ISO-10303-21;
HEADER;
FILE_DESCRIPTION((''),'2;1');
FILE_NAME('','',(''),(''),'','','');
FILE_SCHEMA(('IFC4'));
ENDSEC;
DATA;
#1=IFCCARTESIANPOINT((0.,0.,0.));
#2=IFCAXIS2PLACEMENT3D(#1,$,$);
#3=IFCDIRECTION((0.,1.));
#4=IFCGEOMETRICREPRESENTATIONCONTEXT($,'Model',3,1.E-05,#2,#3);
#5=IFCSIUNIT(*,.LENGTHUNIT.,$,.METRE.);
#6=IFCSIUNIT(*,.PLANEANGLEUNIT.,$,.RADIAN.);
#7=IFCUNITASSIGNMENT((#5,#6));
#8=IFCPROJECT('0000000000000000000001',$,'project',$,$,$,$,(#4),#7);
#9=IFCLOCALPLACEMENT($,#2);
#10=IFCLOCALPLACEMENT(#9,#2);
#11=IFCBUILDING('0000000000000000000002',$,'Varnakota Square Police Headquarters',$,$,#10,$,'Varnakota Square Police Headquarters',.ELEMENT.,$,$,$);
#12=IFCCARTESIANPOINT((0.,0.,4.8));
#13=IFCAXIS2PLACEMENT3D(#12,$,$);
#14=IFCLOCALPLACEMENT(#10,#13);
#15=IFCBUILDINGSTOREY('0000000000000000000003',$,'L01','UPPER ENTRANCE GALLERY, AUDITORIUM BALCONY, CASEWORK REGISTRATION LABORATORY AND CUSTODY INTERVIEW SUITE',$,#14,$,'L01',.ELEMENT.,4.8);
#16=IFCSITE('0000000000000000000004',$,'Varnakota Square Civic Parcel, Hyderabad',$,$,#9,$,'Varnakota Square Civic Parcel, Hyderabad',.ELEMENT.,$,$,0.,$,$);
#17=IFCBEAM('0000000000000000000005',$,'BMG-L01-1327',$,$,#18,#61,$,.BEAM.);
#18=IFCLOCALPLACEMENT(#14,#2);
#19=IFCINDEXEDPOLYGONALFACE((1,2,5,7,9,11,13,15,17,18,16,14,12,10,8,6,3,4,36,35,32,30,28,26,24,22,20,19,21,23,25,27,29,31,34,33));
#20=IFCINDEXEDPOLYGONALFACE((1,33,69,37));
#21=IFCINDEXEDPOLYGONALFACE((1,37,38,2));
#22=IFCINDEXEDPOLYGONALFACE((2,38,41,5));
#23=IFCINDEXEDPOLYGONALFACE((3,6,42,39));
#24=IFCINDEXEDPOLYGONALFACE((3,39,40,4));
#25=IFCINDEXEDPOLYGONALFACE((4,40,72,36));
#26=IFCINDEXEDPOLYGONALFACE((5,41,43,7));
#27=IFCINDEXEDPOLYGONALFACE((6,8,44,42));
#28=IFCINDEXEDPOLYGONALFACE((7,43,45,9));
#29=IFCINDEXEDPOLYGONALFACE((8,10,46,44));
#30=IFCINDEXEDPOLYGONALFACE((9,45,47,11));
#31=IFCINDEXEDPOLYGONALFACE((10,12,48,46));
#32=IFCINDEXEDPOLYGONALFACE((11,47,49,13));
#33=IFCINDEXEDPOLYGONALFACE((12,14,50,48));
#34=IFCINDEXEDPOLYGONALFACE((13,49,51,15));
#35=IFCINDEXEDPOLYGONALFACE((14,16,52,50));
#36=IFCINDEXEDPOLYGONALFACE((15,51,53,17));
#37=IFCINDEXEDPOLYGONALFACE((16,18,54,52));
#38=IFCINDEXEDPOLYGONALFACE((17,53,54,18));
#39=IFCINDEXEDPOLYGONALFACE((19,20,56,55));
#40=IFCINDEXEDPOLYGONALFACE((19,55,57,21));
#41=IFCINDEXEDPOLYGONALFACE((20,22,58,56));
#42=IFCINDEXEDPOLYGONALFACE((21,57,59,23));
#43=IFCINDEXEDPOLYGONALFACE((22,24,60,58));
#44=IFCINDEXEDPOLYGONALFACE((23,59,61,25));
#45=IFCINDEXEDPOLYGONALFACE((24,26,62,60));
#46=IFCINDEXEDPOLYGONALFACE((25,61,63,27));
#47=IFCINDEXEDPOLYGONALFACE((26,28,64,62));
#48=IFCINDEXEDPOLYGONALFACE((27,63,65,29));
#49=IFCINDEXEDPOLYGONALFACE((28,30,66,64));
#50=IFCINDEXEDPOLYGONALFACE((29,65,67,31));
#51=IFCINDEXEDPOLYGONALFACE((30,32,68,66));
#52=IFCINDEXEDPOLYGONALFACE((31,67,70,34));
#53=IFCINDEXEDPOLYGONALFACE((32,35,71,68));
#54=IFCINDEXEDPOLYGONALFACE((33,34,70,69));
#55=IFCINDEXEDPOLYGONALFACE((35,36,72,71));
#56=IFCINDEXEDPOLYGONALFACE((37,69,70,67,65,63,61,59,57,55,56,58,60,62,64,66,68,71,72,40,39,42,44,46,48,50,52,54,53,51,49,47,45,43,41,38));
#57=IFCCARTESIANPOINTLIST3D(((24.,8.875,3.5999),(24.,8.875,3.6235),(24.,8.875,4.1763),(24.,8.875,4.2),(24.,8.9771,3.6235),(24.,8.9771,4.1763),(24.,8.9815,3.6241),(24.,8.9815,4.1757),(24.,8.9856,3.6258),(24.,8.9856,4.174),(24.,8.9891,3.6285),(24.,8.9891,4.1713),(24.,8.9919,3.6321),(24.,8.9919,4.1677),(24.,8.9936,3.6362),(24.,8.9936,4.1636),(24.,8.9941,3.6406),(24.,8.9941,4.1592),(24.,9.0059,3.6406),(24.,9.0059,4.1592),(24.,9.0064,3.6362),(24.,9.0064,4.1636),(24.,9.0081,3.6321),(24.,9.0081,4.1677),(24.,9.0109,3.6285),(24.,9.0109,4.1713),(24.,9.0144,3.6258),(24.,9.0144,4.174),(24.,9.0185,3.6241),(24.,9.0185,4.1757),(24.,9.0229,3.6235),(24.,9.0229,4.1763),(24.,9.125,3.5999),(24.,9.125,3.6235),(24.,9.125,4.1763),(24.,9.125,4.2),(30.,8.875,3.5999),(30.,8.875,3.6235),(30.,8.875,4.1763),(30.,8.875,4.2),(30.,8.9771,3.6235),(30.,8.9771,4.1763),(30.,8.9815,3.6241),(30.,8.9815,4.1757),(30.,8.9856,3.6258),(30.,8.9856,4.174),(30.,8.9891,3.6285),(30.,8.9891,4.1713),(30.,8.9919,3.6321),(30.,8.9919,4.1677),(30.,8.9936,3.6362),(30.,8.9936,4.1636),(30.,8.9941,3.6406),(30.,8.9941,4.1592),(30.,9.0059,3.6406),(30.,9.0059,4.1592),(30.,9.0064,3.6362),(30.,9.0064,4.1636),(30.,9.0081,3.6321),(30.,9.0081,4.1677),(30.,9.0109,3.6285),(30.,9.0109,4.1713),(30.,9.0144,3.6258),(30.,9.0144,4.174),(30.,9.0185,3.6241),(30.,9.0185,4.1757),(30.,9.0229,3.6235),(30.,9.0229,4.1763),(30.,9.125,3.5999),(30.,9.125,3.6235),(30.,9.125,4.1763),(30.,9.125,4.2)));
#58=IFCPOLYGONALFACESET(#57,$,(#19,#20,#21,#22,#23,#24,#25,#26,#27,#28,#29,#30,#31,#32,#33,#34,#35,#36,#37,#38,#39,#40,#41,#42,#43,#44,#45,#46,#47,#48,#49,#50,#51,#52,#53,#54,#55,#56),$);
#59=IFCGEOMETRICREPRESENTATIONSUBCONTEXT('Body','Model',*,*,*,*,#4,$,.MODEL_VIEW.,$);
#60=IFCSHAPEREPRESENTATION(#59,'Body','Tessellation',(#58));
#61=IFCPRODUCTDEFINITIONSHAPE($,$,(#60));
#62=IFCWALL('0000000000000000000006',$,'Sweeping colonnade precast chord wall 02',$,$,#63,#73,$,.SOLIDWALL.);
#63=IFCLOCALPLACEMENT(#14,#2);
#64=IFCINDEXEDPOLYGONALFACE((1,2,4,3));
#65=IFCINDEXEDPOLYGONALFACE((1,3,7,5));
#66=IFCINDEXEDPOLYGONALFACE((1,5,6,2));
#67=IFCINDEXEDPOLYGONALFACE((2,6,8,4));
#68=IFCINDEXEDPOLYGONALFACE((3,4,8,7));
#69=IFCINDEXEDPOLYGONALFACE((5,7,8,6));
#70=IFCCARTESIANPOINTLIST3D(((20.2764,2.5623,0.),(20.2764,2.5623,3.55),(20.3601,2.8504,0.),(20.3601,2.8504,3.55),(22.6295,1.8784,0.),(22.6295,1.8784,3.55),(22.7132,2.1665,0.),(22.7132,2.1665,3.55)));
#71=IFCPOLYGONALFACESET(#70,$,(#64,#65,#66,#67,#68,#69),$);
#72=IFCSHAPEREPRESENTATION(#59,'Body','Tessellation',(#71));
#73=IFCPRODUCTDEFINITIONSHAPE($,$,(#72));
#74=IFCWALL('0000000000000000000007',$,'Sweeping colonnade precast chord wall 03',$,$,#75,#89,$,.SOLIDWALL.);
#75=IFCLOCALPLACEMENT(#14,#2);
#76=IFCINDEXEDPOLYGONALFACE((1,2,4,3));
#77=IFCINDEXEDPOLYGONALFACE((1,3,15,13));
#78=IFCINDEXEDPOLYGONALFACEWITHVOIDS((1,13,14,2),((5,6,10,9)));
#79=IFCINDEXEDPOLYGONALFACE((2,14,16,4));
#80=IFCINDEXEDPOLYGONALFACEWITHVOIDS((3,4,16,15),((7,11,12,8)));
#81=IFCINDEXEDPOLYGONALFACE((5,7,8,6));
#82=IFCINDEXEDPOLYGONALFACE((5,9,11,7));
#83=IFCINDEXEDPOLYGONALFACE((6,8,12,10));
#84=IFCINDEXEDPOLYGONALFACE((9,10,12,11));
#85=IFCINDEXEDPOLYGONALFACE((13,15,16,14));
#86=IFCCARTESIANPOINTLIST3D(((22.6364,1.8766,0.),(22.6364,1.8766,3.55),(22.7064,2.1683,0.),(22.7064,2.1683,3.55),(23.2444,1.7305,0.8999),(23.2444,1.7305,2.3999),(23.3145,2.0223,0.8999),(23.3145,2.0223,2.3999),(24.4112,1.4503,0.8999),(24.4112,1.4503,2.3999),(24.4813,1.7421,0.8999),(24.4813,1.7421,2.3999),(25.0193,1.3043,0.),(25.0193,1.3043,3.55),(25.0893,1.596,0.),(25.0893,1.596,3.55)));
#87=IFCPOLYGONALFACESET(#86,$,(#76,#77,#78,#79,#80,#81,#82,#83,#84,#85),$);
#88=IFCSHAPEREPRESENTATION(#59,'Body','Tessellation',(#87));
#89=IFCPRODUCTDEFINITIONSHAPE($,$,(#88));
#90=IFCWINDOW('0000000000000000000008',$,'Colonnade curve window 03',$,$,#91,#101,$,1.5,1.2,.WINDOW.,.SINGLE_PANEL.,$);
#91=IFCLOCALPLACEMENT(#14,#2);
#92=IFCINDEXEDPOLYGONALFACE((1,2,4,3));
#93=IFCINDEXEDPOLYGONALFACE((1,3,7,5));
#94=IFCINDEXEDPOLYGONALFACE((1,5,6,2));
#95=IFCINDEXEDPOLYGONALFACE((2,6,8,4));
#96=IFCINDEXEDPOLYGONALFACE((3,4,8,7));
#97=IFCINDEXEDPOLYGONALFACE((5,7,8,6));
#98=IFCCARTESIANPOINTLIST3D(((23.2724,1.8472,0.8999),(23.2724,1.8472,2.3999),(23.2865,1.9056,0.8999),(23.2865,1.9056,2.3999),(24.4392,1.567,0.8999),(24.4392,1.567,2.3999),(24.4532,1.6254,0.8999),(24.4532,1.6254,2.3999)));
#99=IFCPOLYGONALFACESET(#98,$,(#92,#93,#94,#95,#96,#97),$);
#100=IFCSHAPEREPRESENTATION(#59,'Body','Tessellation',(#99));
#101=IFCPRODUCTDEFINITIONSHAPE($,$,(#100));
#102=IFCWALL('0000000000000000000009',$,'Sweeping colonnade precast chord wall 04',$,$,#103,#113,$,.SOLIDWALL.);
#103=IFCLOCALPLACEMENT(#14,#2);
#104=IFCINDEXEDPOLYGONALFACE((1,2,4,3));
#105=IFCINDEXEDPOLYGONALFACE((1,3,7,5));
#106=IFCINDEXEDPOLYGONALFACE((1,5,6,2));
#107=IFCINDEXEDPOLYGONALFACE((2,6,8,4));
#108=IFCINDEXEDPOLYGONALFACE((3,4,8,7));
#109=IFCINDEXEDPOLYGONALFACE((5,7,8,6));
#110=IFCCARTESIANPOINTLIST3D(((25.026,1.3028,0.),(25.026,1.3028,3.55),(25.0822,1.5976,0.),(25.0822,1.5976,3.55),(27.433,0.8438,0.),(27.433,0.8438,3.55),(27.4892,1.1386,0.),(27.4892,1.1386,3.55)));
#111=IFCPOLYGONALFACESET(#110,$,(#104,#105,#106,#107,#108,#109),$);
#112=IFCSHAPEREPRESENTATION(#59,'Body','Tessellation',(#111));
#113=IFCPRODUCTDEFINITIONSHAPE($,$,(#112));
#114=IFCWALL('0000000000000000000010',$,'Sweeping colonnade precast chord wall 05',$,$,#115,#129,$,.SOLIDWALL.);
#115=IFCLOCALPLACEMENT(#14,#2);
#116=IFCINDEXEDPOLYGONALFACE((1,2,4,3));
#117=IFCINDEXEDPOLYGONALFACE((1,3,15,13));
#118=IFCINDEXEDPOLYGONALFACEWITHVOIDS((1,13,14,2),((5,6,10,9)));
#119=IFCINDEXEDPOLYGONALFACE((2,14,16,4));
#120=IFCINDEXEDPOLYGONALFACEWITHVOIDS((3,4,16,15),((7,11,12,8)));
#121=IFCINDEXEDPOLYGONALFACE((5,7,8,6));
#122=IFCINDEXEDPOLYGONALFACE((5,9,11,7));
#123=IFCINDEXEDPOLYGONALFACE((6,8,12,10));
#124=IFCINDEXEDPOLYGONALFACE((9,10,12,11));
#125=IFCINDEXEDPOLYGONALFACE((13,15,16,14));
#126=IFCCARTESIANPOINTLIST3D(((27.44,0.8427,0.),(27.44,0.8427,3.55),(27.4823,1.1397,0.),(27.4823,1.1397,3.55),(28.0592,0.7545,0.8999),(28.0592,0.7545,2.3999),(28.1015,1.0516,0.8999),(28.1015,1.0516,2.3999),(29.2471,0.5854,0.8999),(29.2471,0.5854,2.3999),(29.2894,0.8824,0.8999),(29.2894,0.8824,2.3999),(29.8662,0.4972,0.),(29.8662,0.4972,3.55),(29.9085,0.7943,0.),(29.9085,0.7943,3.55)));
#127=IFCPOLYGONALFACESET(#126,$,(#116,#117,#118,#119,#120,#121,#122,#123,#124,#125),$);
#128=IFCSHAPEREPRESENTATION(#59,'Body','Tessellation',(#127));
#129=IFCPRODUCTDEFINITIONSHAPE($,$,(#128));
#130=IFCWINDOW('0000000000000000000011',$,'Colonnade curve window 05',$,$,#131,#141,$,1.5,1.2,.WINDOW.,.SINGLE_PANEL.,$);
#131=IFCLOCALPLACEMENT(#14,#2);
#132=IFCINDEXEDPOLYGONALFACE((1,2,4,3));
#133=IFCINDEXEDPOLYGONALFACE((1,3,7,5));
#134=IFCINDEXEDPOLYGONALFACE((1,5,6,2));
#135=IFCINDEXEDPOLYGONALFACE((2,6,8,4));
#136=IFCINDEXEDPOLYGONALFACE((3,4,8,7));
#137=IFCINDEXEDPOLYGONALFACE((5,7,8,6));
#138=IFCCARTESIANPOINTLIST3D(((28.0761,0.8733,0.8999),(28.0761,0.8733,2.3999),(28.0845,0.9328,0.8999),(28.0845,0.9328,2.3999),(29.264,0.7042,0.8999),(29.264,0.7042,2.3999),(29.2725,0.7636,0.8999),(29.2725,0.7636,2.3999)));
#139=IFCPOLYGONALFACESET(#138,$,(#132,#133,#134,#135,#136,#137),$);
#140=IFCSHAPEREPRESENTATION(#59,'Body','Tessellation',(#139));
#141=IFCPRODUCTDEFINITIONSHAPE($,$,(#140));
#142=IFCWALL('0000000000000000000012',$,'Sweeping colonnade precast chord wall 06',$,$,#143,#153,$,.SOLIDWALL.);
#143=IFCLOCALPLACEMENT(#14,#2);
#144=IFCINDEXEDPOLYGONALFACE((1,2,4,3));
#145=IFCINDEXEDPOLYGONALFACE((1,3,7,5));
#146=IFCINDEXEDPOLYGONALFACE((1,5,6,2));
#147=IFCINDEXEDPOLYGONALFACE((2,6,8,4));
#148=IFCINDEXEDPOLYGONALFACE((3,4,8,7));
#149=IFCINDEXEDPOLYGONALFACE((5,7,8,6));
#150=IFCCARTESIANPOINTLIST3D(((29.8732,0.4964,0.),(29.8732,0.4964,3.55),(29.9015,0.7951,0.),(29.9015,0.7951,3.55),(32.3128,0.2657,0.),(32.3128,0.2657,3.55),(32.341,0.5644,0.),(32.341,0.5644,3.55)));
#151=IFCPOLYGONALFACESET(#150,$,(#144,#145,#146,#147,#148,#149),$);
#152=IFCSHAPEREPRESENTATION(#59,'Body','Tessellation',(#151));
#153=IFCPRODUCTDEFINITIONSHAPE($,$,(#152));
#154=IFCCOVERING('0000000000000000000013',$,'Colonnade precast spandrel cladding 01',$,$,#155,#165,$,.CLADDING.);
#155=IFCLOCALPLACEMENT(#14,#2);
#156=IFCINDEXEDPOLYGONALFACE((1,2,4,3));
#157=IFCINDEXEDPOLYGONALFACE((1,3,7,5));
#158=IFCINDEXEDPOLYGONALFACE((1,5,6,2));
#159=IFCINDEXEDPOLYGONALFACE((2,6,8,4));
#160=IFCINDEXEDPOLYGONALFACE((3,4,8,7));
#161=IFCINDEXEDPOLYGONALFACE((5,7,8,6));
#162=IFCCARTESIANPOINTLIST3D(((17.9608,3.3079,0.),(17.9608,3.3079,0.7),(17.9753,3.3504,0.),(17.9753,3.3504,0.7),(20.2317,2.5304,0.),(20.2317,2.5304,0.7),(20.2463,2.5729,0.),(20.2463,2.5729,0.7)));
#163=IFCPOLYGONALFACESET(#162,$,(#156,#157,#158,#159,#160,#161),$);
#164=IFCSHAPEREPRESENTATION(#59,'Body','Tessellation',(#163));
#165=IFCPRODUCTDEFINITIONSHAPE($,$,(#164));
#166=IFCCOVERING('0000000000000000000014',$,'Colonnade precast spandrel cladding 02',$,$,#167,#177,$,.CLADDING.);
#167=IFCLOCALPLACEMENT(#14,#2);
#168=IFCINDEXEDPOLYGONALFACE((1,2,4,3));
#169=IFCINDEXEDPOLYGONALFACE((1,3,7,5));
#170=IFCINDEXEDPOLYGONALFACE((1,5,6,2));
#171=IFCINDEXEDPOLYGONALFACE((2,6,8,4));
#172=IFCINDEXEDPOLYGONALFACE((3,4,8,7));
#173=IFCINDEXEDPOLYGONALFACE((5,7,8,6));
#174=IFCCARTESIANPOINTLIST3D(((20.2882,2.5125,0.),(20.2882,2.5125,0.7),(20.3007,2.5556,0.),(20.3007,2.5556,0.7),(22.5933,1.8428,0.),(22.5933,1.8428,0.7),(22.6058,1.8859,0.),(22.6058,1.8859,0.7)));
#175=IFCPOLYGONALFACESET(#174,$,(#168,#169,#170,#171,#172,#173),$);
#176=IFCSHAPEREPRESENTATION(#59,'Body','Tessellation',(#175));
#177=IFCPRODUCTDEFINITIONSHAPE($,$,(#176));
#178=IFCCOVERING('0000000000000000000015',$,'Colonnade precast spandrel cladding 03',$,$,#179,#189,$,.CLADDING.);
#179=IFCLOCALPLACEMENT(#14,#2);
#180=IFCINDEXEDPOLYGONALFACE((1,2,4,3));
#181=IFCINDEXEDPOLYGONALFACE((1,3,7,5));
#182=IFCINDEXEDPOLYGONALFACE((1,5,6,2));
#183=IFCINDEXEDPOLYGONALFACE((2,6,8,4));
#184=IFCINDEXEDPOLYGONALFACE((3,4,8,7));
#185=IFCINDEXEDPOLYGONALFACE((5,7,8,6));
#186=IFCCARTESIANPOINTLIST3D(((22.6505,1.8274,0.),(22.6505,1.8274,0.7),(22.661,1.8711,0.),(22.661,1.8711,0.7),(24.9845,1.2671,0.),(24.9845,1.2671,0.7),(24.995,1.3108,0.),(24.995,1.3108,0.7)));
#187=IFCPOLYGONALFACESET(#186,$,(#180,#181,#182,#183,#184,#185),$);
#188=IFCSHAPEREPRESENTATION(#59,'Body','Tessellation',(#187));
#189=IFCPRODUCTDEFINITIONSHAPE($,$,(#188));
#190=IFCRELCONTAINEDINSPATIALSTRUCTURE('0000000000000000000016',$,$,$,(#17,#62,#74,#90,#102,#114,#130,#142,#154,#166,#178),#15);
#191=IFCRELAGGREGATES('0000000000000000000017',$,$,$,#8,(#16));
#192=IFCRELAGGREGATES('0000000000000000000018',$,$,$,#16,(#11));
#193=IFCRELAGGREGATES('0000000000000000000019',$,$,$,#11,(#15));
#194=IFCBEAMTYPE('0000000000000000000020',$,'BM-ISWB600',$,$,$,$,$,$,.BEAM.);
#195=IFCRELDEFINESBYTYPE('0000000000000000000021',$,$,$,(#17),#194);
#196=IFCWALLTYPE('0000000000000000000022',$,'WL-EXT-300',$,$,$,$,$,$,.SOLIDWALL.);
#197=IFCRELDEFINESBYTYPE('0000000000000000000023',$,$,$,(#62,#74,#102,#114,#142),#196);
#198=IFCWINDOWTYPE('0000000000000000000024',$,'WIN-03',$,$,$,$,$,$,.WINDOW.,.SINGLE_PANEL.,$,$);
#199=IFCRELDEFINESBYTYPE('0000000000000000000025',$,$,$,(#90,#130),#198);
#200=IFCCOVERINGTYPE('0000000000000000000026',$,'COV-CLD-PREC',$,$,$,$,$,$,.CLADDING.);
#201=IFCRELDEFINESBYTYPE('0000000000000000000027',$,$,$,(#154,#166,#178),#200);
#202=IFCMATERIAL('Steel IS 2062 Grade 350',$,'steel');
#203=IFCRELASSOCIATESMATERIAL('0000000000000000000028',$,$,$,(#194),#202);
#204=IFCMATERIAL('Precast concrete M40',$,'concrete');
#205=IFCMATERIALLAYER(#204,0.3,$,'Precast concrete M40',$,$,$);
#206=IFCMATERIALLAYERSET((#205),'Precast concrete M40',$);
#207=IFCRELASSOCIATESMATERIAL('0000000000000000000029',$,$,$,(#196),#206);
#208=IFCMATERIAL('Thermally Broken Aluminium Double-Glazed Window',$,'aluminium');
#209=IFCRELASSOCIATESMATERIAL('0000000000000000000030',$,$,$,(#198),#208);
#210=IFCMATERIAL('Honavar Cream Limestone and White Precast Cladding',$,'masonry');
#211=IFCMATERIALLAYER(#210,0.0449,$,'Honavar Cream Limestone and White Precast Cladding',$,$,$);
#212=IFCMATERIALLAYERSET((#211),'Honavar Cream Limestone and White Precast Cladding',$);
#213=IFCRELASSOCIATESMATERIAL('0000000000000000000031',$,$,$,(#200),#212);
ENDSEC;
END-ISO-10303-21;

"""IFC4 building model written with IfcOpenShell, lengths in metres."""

from ifc_helpers import new_model, si_unit, direction, frame, frame_2d, origin, origin_2d, place, context, subcontext, project, spatial, rectangle, i_section, extrude, material, layer, layer_set, material_profile, profile_set, type_object, element, fill, save


model = new_model("IFC4")

# Units and contexts
model_context = context("Model", 3, precision=1e-05, world=origin(), true_north=direction((0.0, 1.0)))
body_context = subcontext(model_context, "Body", "Model", "MODEL_VIEW")
ifc_project = project(units=[si_unit("LENGTHUNIT", "METRE"), si_unit("PLANEANGLEUNIT", "RADIAN")], contexts=[model_context])

# Site, building, storey
site_placement = place(None, origin())
site = spatial("IfcSite", under=ifc_project, at=site_placement, Name="Varnakota Square Civic Parcel, Hyderabad", LongName="Varnakota Square Civic Parcel, Hyderabad", CompositionType="ELEMENT", RefElevation=0.0)
building_placement = place(site_placement, origin())
building = spatial("IfcBuilding", under=site, at=building_placement, Name="Varnakota Square Police Headquarters", LongName="Varnakota Square Police Headquarters", CompositionType="ELEMENT")
storey_placement = place(building_placement, frame((0.0, 0.0, 4.8)))
storey = spatial("IfcBuildingStorey", under=building, at=storey_placement, Name="L01", Description="UPPER ENTRANCE GALLERY, AUDITORIUM BALCONY, CASEWORK REGISTRATION LABORATORY AND CUSTODY INTERVIEW SUITE", LongName="L01", CompositionType="ELEMENT", Elevation=4.8)

# Shared definitions
ifc_material_1 = material(Name="Steel IS 2062 Grade 350", Category="steel")

# Beam
ifc_material_profile_1 = material_profile(ifc_material_1, i_section(OverallWidth=0.25, OverallDepth=0.6001, WebThickness=0.0117, FlangeThickness=0.0237, FilletRadius=0.0171, at=origin_2d()), Name="ISWB 600")
ifc_profile_set_1 = profile_set([ifc_material_profile_1], Name="Steel IS 2062 Grade 350")
beam_type_1 = type_object("IfcBeamType", Name="BM-ISWB600", PredefinedType="BEAM", material=ifc_profile_set_1)
beam_1_placement = place(storey_placement, frame((24.0, 9.0, 3.8999), z_axis=(1.0, 0.0, 0.0), x_axis=(0.0, 1.0, 0.0)))
element("IfcBeam", 1, at=beam_1_placement, inside=storey, type_object=beam_type_1, Name="BMG-L01-1327", PredefinedType="BEAM", context=body_context, shape_type="SweptSolid", body=[
    extrude(i_section(OverallWidth=0.25, OverallDepth=0.6001, WebThickness=0.0117, FlangeThickness=0.0237, FilletRadius=0.0171, at=origin_2d()), origin(), (0.0, 0.0, 1.0), 6.0),
])

# Wall
ifc_material_2 = material(Name="Precast concrete M40", Category="concrete")
ifc_layer_1 = layer(ifc_material_2, 0.3, Name="Precast concrete M40")
ifc_layer_set_1 = layer_set([ifc_layer_1], Name="Precast concrete M40")
wall_type = type_object("IfcWallType", Name="WL-EXT-300", PredefinedType="SOLIDWALL", material=ifc_layer_set_1)
wall_1_placement = place(storey_placement, frame((20.3184, 2.7063, 0.0), z_axis=(0.0, 0.0, 1.0), x_axis=(0.96027, -0.279074, 0.0)))
element("IfcWall", 2, at=wall_1_placement, inside=storey, type_object=wall_type, Name="Sweeping colonnade precast chord wall 02", PredefinedType="SOLIDWALL", context=body_context, shape_type="SweptSolid", body=[
    extrude(rectangle(XDim=2.4504, YDim=0.3, at=frame_2d((1.2251, 0.0))), origin(), (0.0, 0.0, 1.0), 3.55),
])

# Wall, opening, window
wall_2_placement = place(storey_placement, frame((22.6714, 2.0225, 0.0), z_axis=(0.0, 0.0, 1.0), x_axis=(0.972351, -0.233524, 0.0)))
wall_2 = element("IfcWall", 3, at=wall_2_placement, inside=storey, type_object=wall_type, Name="Sweeping colonnade precast chord wall 03", PredefinedType="SOLIDWALL", context=body_context, shape_type="SweptSolid", body=[
    extrude(rectangle(XDim=2.4507, YDim=0.3, at=frame_2d((1.2253, 0.0))), origin(), (0.0, 0.0, 1.0), 3.55),
])
opening_1_placement = place(wall_2_placement, frame((0.6252, 0.0, 0.8999)))
opening_1 = element("IfcOpeningElement", 4, at=opening_1_placement, cuts=wall_2, PredefinedType="OPENING", context=body_context, shape_type="SweptSolid", body=[
    extrude(rectangle(XDim=1.2, YDim=1.5, at=frame_2d((0.6001, 0.75))), frame((0.0, 0.1599, 0.0), z_axis=(0.0, -1.0, 0.0), x_axis=(1.0, 0.0, 0.0)), (0.0, 0.0, 1.0), 0.3201),
])
ifc_material_3 = material(Name="Thermally Broken Aluminium Double-Glazed Window", Category="aluminium")
window_type = type_object("IfcWindowType", Name="WIN-03", PartitioningType="SINGLE_PANEL", PredefinedType="WINDOW", material=ifc_material_3)
window_1_placement = place(opening_1_placement, origin())
window_1 = element("IfcWindow", 5, at=window_1_placement, inside=storey, type_object=window_type, Name="Colonnade curve window 03", OverallHeight=1.5, OverallWidth=1.2, PartitioningType="SINGLE_PANEL", PredefinedType="WINDOW", context=body_context, shape_type="SweptSolid", body=[
    extrude(rectangle(XDim=1.2, YDim=1.5, at=frame_2d((0.6001, 0.75))), frame((0.0, 0.03, 0.0), z_axis=(0.0, -1.0, 0.0), x_axis=(1.0, 0.0, 0.0)), (0.0, 0.0, 1.0), 0.0601),
])
fill(opening_1, window_1)

# Wall
wall_3_placement = place(storey_placement, frame((25.0542, 1.4502, 0.0), z_axis=(0.0, 0.0, 1.0), x_axis=(0.9823, -0.187314, 0.0)))
element("IfcWall", 6, at=wall_3_placement, inside=storey, type_object=wall_type, Name="Sweeping colonnade precast chord wall 04", PredefinedType="SOLIDWALL", context=body_context, shape_type="SweptSolid", body=[
    extrude(rectangle(XDim=2.4504, YDim=0.3, at=frame_2d((1.2251, 0.0))), origin(), (0.0, 0.0, 1.0), 3.55),
])

# Wall, opening, window
wall_4_placement = place(storey_placement, frame((27.4612, 0.9912, 0.0), z_axis=(0.0, 0.0, 1.0), x_axis=(0.990015, -0.140961, 0.0)))
wall_4 = element("IfcWall", 7, at=wall_4_placement, inside=storey, type_object=wall_type, Name="Sweeping colonnade precast chord wall 05", PredefinedType="SOLIDWALL", context=body_context, shape_type="SweptSolid", body=[
    extrude(rectangle(XDim=2.4507, YDim=0.3, at=frame_2d((1.2253, 0.0))), origin(), (0.0, 0.0, 1.0), 3.55),
])
opening_2_placement = place(wall_4_placement, frame((0.6252, 0.0, 0.8999)))
opening_2 = element("IfcOpeningElement", 8, at=opening_2_placement, cuts=wall_4, PredefinedType="OPENING", context=body_context, shape_type="SweptSolid", body=[
    extrude(rectangle(XDim=1.2, YDim=1.5, at=frame_2d((0.6001, 0.75))), frame((0.0, 0.1599, 0.0), z_axis=(0.0, -1.0, 0.0), x_axis=(1.0, 0.0, 0.0)), (0.0, 0.0, 1.0), 0.3201),
])
window_2_placement = place(opening_2_placement, origin())
window_2 = element("IfcWindow", 9, at=window_2_placement, inside=storey, type_object=window_type, Name="Colonnade curve window 05", OverallHeight=1.5, OverallWidth=1.2, PartitioningType="SINGLE_PANEL", PredefinedType="WINDOW", context=body_context, shape_type="SweptSolid", body=[
    extrude(rectangle(XDim=1.2, YDim=1.5, at=frame_2d((0.6001, 0.75))), frame((0.0, 0.03, 0.0), z_axis=(0.0, -1.0, 0.0), x_axis=(1.0, 0.0, 0.0)), (0.0, 0.0, 1.0), 0.0601),
])
fill(opening_2, window_2)

# Wall
wall_5_placement = place(storey_placement, frame((29.8875, 0.6458, 0.0), z_axis=(0.0, 0.0, 1.0), x_axis=(0.995558, -0.094156, 0.0)))
element("IfcWall", 10, at=wall_5_placement, inside=storey, type_object=wall_type, Name="Sweeping colonnade precast chord wall 06", PredefinedType="SOLIDWALL", context=body_context, shape_type="SweptSolid", body=[
    extrude(rectangle(XDim=2.4504, YDim=0.3, at=frame_2d((1.2251, 0.0))), origin(), (0.0, 0.0, 1.0), 3.55),
])

# Coverings
ifc_material_4 = material(Name="Honavar Cream Limestone and White Precast Cladding", Category="masonry")
ifc_layer_2 = layer(ifc_material_4, 0.0449, Name="Honavar Cream Limestone and White Precast Cladding")
ifc_layer_set_2 = layer_set([ifc_layer_2], Name="Honavar Cream Limestone and White Precast Cladding")
covering_type = type_object("IfcCoveringType", Name="COV-CLD-PREC", PredefinedType="CLADDING", material=ifc_layer_set_2)
for number, where, z_axis, x_axis, name in (
    (11, (19.1035, 2.9404, 0.0), (0.0, 0.0, 1.0), (0.946085, -0.323917, 0.0), "Colonnade precast spandrel cladding 01"),
    (12, (21.447, 2.1992, 0.0), (0.0, 0.0, 1.0), (0.960294, -0.278991, 0.0), "Colonnade precast spandrel cladding 02"),
    (13, (23.8228, 1.5691, 0.0), (0.0, 0.0, 1.0), (0.97237, -0.233445, 0.0), "Colonnade precast spandrel cladding 03"),
):
    element("IfcCovering", number, at=place(storey_placement, frame(where, z_axis=z_axis, x_axis=x_axis)), inside=storey, type_object=covering_type, Name=name, PredefinedType="CLADDING", context=body_context, shape_type="SweptSolid", body=[
        extrude(rectangle(XDim=2.4004, YDim=0.0449, at=origin_2d()), origin(), (0.0, 0.0, 1.0), 0.7),
    ])

save(model, "model.ifc")
